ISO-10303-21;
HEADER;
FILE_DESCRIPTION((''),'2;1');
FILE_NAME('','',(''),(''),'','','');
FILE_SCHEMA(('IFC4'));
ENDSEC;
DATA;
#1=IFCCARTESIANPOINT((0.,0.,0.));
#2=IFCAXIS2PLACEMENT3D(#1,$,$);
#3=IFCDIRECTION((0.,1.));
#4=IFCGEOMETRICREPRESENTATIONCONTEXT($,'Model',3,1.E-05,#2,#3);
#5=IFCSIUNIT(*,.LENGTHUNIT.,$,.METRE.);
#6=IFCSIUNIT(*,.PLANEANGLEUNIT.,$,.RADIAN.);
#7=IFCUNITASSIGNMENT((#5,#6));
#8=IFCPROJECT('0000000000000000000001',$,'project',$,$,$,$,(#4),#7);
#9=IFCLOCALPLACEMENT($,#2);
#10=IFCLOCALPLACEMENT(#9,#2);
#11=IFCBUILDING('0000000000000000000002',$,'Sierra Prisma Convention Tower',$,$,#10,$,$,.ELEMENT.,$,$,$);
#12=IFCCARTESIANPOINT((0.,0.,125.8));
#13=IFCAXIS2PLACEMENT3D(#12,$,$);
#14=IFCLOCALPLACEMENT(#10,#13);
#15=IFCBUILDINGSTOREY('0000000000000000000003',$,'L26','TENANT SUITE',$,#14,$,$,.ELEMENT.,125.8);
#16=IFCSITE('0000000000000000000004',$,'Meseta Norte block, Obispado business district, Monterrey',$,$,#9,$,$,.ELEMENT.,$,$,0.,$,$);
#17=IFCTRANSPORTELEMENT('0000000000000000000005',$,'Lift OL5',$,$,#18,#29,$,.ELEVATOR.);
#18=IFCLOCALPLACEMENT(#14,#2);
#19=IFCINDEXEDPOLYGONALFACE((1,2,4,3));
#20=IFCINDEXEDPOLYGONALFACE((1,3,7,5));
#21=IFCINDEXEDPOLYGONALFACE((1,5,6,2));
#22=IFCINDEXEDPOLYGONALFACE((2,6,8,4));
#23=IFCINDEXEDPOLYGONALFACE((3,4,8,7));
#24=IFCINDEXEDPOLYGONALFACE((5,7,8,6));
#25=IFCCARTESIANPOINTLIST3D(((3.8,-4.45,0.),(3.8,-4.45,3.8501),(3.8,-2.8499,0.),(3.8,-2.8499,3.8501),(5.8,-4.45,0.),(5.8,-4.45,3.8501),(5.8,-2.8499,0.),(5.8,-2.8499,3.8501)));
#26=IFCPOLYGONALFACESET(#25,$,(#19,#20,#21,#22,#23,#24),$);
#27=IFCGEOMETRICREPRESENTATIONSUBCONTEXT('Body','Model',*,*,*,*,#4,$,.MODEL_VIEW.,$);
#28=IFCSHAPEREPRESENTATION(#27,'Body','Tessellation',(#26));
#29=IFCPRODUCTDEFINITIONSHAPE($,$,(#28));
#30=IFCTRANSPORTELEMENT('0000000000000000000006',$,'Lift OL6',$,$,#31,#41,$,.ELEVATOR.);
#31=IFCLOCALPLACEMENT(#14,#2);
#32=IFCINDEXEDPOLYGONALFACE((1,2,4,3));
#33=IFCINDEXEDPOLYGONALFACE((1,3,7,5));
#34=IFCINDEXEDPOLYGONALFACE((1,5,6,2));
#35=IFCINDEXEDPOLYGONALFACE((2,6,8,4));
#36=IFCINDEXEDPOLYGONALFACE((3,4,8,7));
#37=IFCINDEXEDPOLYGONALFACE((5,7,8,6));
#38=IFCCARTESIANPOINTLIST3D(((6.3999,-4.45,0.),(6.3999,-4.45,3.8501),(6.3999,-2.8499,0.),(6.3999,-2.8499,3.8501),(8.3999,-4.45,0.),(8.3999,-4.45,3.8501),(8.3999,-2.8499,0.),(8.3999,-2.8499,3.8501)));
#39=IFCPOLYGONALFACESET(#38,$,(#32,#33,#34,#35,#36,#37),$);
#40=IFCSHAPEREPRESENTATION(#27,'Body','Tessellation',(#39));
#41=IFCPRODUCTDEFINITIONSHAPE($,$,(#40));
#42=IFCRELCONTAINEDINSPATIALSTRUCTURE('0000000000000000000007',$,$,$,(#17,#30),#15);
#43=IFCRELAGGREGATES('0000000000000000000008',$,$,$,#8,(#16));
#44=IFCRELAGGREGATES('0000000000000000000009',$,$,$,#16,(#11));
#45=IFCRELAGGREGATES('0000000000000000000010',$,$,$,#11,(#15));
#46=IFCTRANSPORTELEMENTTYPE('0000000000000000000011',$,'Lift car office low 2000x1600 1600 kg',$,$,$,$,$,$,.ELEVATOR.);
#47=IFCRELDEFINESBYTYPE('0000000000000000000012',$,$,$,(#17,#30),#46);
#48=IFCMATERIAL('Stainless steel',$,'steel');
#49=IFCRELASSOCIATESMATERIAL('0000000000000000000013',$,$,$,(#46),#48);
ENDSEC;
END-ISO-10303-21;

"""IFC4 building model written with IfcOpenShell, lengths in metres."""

from ifc_helpers import new_model, si_unit, direction, frame, origin, origin_2d, place, context, subcontext, project, spatial, rectangle, extrude, material, type_object, element, save


model = new_model("IFC4")

# Units and contexts
model_context = context("Model", 3, precision=1e-05, world=origin(), true_north=direction((0.0, 1.0)))
body_context = subcontext(model_context, "Body", "Model", "MODEL_VIEW")
ifc_project = project(units=[si_unit("LENGTHUNIT", "METRE"), si_unit("PLANEANGLEUNIT", "RADIAN")], contexts=[model_context])

# Site, building, storey
site_placement = place(None, origin())
site = spatial("IfcSite", under=ifc_project, at=site_placement, Name="Meseta Norte block, Obispado business district, Monterrey", CompositionType="ELEMENT", RefElevation=0.0)
building_placement = place(site_placement, origin())
building = spatial("IfcBuilding", under=site, at=building_placement, Name="Sierra Prisma Convention Tower", CompositionType="ELEMENT")
storey_placement = place(building_placement, frame((0.0, 0.0, 125.8)))
storey = spatial("IfcBuildingStorey", under=building, at=storey_placement, Name="L26", Description="TENANT SUITE", CompositionType="ELEMENT", Elevation=125.8)

# Transport elements
ifc_material_1 = material(Name="Stainless steel", Category="steel")
transport_element_type = type_object("IfcTransportElementType", Name="Lift car office low 2000x1600 1600 kg", PredefinedType="ELEVATOR", material=ifc_material_1)
for number, where, z_axis, x_axis, name in (
    (1, (4.8, -3.6499, 0.0), (0.0, 0.0, 1.0), (1.0, 0.0, 0.0), "Lift OL5"),
    (2, (7.3999, -3.6499, 0.0), (0.0, 0.0, 1.0), (1.0, 0.0, 0.0), "Lift OL6"),
):
    element("IfcTransportElement", number, at=place(storey_placement, frame(where, z_axis=z_axis, x_axis=x_axis)), inside=storey, type_object=transport_element_type, Name=name, PredefinedType="ELEVATOR", context=body_context, shape_type="SweptSolid", body=[
        extrude(rectangle(XDim=2.0, YDim=1.6001, at=origin_2d()), origin(), (0.0, 0.0, 1.0), 3.8501),
    ])

save(model, "model.ifc")
